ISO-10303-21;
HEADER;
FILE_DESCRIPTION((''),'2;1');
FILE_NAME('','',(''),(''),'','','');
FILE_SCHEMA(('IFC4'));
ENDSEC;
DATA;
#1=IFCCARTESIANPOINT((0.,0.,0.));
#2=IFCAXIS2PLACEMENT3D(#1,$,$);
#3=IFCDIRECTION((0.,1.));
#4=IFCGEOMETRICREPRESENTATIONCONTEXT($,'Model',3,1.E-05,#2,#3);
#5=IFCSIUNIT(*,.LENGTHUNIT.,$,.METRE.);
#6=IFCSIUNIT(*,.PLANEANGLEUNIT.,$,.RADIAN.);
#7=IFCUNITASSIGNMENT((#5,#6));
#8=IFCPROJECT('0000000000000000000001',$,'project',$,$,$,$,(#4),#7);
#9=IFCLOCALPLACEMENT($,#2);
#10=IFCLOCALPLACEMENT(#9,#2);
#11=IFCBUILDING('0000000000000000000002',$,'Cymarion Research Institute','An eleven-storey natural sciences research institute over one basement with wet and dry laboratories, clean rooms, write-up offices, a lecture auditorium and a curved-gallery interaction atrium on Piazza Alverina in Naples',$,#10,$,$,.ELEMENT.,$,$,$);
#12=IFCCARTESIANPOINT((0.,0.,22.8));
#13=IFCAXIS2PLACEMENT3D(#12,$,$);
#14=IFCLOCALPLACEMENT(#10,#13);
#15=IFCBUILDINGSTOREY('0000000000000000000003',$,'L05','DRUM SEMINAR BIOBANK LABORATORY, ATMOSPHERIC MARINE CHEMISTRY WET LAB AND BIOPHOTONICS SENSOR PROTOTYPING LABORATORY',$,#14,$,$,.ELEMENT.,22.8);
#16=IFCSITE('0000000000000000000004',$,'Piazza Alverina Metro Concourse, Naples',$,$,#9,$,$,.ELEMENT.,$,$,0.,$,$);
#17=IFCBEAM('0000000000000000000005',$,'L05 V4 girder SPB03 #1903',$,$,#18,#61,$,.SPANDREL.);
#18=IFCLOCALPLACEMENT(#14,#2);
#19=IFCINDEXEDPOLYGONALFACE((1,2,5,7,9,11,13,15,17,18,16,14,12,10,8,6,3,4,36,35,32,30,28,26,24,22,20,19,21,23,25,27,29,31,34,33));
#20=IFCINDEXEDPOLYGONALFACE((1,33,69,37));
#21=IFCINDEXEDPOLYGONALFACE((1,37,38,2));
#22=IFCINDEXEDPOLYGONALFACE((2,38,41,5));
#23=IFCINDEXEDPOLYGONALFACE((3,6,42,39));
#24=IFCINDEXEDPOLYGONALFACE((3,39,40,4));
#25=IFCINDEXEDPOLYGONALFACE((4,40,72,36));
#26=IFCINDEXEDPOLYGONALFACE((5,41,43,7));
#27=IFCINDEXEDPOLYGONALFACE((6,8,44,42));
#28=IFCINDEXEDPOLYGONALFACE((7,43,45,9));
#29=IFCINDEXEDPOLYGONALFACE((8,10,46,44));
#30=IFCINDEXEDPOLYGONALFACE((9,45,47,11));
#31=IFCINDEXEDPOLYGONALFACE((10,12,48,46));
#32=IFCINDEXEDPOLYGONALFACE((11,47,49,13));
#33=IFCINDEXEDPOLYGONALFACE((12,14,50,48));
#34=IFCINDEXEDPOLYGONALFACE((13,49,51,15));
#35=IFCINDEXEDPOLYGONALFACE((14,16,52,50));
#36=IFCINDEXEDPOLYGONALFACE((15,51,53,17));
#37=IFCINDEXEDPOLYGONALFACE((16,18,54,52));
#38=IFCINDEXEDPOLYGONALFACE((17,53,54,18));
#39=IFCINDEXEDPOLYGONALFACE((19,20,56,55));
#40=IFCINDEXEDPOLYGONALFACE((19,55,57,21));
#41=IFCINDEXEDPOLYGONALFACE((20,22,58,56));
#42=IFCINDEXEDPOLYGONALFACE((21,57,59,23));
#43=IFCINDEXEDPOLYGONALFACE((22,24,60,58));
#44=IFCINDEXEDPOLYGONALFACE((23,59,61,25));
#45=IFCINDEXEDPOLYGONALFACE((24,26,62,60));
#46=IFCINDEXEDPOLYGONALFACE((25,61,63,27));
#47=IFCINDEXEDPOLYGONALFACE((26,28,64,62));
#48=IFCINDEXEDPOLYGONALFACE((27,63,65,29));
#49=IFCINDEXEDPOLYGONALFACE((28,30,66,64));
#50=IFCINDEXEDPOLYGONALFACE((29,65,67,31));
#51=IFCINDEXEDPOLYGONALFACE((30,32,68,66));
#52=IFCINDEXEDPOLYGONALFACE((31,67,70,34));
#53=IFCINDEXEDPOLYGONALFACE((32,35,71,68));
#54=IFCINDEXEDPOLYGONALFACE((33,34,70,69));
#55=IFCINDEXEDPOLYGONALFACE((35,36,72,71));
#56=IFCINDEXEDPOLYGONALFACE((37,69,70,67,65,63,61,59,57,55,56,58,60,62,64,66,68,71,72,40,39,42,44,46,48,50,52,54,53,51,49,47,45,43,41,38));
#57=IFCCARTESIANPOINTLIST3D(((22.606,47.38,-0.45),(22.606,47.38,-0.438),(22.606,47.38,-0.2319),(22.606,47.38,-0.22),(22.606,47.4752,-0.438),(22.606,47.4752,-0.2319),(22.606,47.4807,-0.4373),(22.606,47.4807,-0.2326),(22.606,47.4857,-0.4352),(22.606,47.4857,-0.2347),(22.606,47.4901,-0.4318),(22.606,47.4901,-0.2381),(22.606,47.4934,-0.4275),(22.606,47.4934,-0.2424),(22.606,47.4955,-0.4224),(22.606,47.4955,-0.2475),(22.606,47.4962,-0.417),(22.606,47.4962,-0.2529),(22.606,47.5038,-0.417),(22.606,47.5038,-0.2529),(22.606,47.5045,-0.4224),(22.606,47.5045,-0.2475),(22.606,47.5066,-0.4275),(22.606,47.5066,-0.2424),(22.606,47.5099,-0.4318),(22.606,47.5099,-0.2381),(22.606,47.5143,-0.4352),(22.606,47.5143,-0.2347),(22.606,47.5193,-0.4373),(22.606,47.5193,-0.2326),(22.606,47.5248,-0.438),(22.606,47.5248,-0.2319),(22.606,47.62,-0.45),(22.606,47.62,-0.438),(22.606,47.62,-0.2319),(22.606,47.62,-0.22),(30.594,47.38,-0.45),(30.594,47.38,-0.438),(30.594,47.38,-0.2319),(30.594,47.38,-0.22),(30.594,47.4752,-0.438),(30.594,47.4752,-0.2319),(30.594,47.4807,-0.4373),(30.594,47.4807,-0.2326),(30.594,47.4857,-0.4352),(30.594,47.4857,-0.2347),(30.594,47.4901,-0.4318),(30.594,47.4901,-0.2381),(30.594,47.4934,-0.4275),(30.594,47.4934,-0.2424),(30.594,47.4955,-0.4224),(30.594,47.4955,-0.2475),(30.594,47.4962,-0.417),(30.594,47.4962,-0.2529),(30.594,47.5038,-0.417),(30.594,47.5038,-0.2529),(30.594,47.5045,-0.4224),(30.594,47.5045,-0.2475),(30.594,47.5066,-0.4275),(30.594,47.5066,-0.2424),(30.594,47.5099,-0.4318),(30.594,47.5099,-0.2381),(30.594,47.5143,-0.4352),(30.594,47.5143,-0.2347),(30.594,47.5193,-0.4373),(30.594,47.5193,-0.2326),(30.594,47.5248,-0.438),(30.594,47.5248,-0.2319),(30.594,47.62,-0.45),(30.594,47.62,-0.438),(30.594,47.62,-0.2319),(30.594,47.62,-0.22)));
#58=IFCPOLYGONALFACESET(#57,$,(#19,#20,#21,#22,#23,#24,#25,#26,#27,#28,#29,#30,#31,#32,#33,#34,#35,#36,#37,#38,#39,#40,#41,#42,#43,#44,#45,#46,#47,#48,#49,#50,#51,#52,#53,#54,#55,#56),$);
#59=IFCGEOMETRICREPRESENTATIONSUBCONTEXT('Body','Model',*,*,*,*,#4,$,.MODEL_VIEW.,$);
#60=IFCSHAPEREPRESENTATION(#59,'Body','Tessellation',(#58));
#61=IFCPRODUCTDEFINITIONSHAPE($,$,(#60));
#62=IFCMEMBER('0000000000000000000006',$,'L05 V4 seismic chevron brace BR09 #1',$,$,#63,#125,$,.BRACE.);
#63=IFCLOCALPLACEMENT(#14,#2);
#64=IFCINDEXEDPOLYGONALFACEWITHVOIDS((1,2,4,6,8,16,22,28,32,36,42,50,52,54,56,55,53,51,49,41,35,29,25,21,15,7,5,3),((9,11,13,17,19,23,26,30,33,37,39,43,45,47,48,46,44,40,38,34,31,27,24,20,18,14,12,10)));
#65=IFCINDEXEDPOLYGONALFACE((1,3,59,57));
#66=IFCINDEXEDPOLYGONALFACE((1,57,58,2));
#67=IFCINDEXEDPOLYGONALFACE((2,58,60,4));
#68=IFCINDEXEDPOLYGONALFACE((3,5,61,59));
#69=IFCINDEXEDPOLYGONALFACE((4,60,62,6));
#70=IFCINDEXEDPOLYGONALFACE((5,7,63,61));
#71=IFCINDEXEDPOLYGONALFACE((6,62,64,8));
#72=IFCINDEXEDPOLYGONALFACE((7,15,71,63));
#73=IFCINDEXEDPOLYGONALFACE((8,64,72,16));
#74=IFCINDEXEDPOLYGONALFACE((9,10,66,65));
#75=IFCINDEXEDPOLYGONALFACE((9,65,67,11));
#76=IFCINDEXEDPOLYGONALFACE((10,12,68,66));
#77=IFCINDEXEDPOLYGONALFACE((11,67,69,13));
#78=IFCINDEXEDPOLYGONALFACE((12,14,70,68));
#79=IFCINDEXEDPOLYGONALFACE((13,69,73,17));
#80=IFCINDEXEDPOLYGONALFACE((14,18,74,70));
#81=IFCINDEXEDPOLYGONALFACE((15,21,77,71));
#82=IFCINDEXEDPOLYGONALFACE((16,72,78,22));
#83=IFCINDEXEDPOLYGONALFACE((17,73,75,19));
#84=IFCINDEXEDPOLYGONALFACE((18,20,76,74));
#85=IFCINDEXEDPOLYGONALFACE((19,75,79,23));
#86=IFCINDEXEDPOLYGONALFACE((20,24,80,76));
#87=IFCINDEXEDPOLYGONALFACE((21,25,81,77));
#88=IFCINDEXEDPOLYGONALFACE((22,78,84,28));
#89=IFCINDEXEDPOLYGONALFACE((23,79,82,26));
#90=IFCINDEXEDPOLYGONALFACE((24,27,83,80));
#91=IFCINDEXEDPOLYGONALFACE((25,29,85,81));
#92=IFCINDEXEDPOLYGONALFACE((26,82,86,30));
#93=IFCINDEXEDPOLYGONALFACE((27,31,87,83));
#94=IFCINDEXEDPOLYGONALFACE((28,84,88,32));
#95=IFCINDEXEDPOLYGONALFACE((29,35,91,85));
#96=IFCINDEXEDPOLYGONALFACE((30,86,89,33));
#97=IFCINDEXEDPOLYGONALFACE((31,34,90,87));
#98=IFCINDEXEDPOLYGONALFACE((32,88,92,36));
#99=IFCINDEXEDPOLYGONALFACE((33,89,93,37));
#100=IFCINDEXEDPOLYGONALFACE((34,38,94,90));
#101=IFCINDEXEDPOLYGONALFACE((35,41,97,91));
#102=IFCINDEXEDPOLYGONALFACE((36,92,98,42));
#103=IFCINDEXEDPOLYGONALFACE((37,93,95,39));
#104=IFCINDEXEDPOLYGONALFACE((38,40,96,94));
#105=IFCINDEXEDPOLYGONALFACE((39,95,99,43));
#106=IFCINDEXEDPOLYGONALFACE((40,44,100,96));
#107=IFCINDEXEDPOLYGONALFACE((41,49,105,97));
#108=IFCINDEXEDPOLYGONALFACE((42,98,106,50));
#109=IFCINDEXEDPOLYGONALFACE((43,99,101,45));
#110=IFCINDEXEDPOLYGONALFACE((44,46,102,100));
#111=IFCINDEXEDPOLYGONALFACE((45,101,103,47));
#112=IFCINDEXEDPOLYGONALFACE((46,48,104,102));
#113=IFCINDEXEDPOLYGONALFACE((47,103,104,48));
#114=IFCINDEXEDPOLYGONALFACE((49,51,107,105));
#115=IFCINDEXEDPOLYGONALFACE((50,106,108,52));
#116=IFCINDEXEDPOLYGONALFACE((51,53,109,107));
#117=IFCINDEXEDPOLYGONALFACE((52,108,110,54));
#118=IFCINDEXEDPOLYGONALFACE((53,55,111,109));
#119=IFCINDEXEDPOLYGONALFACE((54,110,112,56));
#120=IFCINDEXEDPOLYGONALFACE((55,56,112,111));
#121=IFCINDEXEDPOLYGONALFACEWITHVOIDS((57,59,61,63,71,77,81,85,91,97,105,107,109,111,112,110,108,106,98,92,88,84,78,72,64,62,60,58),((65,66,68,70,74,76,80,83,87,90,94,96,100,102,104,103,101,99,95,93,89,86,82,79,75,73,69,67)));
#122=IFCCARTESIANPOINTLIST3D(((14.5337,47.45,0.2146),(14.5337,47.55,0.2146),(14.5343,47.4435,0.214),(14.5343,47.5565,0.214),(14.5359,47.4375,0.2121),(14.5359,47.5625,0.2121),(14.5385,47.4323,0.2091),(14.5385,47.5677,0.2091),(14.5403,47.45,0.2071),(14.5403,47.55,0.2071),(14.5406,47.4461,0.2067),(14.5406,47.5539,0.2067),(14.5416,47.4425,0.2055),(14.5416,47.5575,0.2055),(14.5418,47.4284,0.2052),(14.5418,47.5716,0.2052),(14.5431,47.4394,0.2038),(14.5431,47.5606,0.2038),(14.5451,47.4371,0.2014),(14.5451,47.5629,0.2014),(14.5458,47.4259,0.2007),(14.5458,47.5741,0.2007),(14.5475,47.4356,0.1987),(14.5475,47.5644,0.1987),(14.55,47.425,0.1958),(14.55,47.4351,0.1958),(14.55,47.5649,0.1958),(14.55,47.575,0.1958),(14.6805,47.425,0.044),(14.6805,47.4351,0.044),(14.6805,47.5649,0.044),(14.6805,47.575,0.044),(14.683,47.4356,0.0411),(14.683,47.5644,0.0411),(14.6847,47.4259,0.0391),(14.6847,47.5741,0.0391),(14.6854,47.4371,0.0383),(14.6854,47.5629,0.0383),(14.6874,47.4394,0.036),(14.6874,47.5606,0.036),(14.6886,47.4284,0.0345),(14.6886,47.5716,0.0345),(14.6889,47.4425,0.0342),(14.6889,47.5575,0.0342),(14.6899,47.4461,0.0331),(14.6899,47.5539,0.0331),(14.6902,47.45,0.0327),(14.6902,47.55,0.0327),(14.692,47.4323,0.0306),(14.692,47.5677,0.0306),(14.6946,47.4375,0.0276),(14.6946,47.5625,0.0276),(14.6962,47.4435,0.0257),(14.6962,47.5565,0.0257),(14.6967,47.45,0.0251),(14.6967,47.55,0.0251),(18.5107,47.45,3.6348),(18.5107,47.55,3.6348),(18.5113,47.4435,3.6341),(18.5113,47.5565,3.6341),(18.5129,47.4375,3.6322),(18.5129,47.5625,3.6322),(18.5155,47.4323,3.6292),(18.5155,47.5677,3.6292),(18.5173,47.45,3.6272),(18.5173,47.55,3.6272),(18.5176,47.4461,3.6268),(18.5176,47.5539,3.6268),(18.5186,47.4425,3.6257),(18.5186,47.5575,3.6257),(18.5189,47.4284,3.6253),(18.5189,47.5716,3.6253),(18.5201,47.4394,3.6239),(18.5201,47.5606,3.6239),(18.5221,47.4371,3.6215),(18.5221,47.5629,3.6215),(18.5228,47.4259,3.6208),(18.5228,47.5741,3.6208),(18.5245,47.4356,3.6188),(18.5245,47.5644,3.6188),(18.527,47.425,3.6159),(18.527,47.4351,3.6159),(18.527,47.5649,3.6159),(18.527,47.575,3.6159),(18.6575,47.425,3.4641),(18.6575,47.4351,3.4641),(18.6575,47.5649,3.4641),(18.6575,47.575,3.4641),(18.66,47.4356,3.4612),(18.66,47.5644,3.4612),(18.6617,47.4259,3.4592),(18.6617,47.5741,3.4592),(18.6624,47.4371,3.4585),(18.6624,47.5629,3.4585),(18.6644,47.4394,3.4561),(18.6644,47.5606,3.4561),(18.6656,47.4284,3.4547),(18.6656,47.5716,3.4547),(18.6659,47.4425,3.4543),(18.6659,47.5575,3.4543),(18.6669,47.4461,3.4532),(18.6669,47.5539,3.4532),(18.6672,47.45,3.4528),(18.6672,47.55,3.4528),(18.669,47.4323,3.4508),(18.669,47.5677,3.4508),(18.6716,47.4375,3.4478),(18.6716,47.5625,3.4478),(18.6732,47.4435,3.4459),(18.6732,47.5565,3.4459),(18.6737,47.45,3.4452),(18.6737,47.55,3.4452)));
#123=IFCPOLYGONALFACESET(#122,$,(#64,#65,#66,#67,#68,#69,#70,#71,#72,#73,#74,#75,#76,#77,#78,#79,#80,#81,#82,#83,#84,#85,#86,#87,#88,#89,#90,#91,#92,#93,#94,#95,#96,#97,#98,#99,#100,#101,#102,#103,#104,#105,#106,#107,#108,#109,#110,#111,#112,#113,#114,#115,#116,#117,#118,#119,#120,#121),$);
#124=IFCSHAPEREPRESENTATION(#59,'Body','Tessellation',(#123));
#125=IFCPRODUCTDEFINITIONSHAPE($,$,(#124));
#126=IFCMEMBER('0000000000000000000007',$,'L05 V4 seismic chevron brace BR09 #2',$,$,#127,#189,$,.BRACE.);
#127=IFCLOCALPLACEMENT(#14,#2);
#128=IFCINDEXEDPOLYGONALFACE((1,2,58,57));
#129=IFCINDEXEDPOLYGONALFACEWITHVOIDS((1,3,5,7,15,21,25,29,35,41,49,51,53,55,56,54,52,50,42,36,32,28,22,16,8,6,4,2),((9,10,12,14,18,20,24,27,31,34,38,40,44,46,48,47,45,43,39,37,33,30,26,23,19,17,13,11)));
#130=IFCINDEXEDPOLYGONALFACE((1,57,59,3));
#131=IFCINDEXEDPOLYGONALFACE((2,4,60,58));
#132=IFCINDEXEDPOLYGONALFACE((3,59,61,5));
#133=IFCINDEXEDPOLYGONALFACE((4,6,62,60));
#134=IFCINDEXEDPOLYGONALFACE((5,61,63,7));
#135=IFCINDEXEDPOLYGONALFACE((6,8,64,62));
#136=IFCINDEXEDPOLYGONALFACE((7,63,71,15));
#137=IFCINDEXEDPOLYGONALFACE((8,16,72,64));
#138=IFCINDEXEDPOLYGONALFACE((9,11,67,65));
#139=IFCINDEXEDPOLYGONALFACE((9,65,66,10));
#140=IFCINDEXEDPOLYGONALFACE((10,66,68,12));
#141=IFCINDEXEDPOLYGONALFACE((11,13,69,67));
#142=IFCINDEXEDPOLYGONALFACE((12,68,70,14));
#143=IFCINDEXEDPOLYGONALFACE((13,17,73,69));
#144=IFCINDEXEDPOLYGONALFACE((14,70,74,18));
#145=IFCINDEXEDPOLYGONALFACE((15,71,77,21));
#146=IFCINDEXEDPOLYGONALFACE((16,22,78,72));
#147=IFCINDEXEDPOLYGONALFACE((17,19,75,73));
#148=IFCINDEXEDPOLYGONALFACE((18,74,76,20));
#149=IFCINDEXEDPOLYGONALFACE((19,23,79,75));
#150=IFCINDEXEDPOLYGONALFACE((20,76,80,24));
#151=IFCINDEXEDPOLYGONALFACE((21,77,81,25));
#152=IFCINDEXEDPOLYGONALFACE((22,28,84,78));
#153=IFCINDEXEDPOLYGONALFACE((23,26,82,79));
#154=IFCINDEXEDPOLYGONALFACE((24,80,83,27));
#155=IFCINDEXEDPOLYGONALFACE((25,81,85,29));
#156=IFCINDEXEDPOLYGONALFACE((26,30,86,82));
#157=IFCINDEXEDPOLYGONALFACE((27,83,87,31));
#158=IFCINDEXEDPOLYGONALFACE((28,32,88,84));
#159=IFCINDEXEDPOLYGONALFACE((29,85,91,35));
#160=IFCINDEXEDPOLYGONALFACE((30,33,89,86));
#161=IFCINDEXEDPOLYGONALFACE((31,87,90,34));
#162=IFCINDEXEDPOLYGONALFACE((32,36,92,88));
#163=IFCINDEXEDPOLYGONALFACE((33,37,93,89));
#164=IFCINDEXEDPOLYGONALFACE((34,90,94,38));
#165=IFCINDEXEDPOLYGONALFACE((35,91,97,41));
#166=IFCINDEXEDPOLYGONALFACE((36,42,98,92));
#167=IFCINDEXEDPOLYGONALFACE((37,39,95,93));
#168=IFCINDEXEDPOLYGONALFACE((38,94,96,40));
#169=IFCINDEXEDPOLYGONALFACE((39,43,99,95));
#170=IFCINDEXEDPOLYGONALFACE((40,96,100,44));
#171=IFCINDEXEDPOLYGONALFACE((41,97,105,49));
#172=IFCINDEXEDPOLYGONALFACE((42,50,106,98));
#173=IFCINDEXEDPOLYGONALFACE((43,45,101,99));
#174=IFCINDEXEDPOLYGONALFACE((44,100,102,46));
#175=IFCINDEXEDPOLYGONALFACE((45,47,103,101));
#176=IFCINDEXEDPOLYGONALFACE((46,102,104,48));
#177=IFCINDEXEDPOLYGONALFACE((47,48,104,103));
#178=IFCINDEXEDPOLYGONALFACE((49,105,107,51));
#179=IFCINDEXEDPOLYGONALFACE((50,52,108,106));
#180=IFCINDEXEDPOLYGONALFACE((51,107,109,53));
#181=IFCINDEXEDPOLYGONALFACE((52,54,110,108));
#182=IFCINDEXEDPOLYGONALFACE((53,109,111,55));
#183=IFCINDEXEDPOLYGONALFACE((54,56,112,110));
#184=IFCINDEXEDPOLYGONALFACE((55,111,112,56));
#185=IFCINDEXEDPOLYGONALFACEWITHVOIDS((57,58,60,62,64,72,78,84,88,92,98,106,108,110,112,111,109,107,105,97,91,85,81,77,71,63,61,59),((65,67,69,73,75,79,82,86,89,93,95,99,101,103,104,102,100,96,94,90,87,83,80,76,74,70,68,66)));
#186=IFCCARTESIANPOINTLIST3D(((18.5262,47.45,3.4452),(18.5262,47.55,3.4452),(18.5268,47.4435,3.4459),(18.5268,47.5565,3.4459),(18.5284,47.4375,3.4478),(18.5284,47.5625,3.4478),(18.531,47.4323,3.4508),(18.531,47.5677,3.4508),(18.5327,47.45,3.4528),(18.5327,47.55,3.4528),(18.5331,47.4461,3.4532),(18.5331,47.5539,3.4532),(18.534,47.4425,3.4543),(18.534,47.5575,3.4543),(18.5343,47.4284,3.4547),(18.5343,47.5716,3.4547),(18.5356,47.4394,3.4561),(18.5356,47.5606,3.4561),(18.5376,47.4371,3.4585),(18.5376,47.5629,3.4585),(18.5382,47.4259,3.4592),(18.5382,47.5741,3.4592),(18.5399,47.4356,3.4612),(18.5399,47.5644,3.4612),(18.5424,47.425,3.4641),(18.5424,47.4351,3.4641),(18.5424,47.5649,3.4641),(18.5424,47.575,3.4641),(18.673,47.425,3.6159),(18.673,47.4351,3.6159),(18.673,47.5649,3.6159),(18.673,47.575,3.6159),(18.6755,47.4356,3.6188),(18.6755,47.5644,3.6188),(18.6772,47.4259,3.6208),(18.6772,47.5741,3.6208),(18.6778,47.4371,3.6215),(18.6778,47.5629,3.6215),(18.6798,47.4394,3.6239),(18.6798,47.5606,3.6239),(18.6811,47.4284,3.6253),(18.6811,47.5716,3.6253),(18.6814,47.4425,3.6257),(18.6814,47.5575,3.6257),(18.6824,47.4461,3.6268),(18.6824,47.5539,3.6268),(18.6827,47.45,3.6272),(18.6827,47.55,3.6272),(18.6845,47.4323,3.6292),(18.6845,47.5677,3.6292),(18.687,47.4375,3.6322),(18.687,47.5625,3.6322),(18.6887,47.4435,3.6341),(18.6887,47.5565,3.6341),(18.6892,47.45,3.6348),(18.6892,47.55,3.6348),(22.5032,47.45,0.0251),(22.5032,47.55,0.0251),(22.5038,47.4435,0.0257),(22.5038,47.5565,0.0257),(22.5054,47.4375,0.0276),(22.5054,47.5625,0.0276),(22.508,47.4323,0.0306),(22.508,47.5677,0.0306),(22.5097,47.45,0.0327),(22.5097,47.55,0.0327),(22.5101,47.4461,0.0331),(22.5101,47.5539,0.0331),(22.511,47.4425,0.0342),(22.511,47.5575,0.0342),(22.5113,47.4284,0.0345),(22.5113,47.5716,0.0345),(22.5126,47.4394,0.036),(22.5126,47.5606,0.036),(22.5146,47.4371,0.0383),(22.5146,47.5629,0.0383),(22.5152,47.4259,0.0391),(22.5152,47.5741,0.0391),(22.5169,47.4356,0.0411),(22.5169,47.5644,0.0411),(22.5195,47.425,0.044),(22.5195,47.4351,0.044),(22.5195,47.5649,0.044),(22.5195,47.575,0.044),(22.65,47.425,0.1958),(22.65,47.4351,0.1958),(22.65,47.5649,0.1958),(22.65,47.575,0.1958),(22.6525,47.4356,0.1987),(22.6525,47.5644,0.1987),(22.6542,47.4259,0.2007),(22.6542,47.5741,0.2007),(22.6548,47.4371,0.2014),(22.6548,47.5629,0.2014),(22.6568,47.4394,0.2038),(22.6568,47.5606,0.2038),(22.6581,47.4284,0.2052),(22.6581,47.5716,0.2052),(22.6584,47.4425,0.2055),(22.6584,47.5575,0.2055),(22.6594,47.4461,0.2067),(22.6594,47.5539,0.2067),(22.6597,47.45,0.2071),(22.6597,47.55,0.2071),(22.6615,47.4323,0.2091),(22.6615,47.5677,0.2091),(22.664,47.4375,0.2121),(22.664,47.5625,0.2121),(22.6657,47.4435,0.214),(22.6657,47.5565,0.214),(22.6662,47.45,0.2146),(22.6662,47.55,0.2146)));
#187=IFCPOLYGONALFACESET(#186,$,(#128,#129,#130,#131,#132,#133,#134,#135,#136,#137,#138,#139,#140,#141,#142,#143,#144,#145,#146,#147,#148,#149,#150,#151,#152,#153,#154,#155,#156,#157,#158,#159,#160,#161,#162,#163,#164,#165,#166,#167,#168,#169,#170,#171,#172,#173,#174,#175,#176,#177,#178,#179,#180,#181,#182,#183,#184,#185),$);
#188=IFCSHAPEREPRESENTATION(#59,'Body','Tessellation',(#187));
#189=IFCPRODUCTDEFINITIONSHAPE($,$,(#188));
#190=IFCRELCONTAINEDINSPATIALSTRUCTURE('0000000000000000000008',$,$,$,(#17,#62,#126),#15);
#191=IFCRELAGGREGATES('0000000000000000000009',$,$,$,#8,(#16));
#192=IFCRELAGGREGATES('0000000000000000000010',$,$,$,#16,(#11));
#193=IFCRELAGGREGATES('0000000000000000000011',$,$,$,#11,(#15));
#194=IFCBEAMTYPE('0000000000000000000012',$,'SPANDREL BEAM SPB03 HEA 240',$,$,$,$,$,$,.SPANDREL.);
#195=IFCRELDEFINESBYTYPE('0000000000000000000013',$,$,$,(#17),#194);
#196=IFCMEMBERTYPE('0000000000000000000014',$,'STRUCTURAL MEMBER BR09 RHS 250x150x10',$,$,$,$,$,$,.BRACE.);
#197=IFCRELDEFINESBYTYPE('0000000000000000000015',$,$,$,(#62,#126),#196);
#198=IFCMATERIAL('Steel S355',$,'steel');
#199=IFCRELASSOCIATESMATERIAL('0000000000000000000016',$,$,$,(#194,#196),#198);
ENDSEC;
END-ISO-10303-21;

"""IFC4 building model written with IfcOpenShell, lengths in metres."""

from ifc_helpers import new_model, si_unit, direction, frame, origin, origin_2d, place, context, subcontext, project, spatial, hollow_rectangle, i_section, extrude, material, material_profile, profile_set, type_object, element, save


model = new_model("IFC4")

# Units and contexts
model_context = context("Model", 3, precision=1e-05, world=origin(), true_north=direction((0.0, 1.0)))
body_context = subcontext(model_context, "Body", "Model", "MODEL_VIEW")
ifc_project = project(units=[si_unit("LENGTHUNIT", "METRE"), si_unit("PLANEANGLEUNIT", "RADIAN")], contexts=[model_context])

# Site, building, storey
site_placement = place(None, origin())
site = spatial("IfcSite", under=ifc_project, at=site_placement, Name="Piazza Alverina Metro Concourse, Naples", CompositionType="ELEMENT", RefElevation=0.0)
building_placement = place(site_placement, origin())
building = spatial("IfcBuilding", under=site, at=building_placement, Name="Cymarion Research Institute", Description="An eleven-storey natural sciences research institute over one basement with wet and dry laboratories, clean rooms, write-up offices, a lecture auditorium and a curved-gallery interaction atrium on Piazza Alverina in Naples", CompositionType="ELEMENT")
storey_placement = place(building_placement, frame((0.0, 0.0, 22.8)))
storey = spatial("IfcBuildingStorey", under=building, at=storey_placement, Name="L05", Description="DRUM SEMINAR BIOBANK LABORATORY, ATMOSPHERIC MARINE CHEMISTRY WET LAB AND BIOPHOTONICS SENSOR PROTOTYPING LABORATORY", CompositionType="ELEMENT", Elevation=22.8)

# Shared definitions
ifc_material_1 = material(Name="Steel S355", Category="steel")

# Beam
ifc_material_profile_1 = material_profile(ifc_material_1, i_section(OverallWidth=0.24, OverallDepth=0.23, WebThickness=0.0076, FlangeThickness=0.012, FilletRadius=0.021, at=origin_2d()), Name="HEA 240")
ifc_profile_set_1 = profile_set([ifc_material_profile_1], Name="Steel S355")
beam_type = type_object("IfcBeamType", Name="SPANDREL BEAM SPB03 HEA 240", PredefinedType="SPANDREL", material=ifc_profile_set_1)
for number, where, z_axis, x_axis, name in (
    (1, (22.606, 47.5, -0.335), (1.0, 0.0, 0.0), (0.0, 1.0, 0.0), "L05 V4 girder SPB03 #1903"),
):
    element("IfcBeam", number, at=place(storey_placement, frame(where, z_axis=z_axis, x_axis=x_axis)), inside=storey, type_object=beam_type, Name=name, PredefinedType="SPANDREL", context=body_context, shape_type="SweptSolid", body=[
        extrude(i_section(OverallWidth=0.24, OverallDepth=0.23, WebThickness=0.0076, FlangeThickness=0.012, FilletRadius=0.021, at=origin_2d()), origin(), (0.0, 0.0, 1.0), 7.988),
    ])

# Members
ifc_material_profile_2 = material_profile(ifc_material_1, hollow_rectangle(XDim=0.1499, YDim=0.25, WallThickness=0.01, InnerFilletRadius=0.0149, OuterFilletRadius=0.0249, at=origin_2d()), Name="RHS 250x150x10")
ifc_profile_set_2 = profile_set([ifc_material_profile_2], Name="Steel S355")
member_type = type_object("IfcMemberType", Name="STRUCTURAL MEMBER BR09 RHS 250x150x10", PredefinedType="BRACE", material=ifc_profile_set_2)
for number, where, z_axis, x_axis, name in (
    (2, (14.6152, 47.5, 0.1199), (0.758194, 0.0, 0.652029), (0.0, 1.0, 0.0), "L05 V4 seismic chevron brace BR09 #1"),
    (3, (22.5847, 47.5, 0.1199), (-0.758194, 0.0, 0.652029), (0.0, -1.0, 0.0), "L05 V4 seismic chevron brace BR09 #2"),
):
    element("IfcMember", number, at=place(storey_placement, frame(where, z_axis=z_axis, x_axis=x_axis)), inside=storey, type_object=member_type, Name=name, PredefinedType="BRACE", context=body_context, shape_type="SweptSolid", body=[
        extrude(hollow_rectangle(XDim=0.1499, YDim=0.25, WallThickness=0.01, InnerFilletRadius=0.0149, OuterFilletRadius=0.0249, at=origin_2d()), origin(), (0.0, 0.0, 1.0), 5.2454),
    ])

save(model, "model.ifc")
